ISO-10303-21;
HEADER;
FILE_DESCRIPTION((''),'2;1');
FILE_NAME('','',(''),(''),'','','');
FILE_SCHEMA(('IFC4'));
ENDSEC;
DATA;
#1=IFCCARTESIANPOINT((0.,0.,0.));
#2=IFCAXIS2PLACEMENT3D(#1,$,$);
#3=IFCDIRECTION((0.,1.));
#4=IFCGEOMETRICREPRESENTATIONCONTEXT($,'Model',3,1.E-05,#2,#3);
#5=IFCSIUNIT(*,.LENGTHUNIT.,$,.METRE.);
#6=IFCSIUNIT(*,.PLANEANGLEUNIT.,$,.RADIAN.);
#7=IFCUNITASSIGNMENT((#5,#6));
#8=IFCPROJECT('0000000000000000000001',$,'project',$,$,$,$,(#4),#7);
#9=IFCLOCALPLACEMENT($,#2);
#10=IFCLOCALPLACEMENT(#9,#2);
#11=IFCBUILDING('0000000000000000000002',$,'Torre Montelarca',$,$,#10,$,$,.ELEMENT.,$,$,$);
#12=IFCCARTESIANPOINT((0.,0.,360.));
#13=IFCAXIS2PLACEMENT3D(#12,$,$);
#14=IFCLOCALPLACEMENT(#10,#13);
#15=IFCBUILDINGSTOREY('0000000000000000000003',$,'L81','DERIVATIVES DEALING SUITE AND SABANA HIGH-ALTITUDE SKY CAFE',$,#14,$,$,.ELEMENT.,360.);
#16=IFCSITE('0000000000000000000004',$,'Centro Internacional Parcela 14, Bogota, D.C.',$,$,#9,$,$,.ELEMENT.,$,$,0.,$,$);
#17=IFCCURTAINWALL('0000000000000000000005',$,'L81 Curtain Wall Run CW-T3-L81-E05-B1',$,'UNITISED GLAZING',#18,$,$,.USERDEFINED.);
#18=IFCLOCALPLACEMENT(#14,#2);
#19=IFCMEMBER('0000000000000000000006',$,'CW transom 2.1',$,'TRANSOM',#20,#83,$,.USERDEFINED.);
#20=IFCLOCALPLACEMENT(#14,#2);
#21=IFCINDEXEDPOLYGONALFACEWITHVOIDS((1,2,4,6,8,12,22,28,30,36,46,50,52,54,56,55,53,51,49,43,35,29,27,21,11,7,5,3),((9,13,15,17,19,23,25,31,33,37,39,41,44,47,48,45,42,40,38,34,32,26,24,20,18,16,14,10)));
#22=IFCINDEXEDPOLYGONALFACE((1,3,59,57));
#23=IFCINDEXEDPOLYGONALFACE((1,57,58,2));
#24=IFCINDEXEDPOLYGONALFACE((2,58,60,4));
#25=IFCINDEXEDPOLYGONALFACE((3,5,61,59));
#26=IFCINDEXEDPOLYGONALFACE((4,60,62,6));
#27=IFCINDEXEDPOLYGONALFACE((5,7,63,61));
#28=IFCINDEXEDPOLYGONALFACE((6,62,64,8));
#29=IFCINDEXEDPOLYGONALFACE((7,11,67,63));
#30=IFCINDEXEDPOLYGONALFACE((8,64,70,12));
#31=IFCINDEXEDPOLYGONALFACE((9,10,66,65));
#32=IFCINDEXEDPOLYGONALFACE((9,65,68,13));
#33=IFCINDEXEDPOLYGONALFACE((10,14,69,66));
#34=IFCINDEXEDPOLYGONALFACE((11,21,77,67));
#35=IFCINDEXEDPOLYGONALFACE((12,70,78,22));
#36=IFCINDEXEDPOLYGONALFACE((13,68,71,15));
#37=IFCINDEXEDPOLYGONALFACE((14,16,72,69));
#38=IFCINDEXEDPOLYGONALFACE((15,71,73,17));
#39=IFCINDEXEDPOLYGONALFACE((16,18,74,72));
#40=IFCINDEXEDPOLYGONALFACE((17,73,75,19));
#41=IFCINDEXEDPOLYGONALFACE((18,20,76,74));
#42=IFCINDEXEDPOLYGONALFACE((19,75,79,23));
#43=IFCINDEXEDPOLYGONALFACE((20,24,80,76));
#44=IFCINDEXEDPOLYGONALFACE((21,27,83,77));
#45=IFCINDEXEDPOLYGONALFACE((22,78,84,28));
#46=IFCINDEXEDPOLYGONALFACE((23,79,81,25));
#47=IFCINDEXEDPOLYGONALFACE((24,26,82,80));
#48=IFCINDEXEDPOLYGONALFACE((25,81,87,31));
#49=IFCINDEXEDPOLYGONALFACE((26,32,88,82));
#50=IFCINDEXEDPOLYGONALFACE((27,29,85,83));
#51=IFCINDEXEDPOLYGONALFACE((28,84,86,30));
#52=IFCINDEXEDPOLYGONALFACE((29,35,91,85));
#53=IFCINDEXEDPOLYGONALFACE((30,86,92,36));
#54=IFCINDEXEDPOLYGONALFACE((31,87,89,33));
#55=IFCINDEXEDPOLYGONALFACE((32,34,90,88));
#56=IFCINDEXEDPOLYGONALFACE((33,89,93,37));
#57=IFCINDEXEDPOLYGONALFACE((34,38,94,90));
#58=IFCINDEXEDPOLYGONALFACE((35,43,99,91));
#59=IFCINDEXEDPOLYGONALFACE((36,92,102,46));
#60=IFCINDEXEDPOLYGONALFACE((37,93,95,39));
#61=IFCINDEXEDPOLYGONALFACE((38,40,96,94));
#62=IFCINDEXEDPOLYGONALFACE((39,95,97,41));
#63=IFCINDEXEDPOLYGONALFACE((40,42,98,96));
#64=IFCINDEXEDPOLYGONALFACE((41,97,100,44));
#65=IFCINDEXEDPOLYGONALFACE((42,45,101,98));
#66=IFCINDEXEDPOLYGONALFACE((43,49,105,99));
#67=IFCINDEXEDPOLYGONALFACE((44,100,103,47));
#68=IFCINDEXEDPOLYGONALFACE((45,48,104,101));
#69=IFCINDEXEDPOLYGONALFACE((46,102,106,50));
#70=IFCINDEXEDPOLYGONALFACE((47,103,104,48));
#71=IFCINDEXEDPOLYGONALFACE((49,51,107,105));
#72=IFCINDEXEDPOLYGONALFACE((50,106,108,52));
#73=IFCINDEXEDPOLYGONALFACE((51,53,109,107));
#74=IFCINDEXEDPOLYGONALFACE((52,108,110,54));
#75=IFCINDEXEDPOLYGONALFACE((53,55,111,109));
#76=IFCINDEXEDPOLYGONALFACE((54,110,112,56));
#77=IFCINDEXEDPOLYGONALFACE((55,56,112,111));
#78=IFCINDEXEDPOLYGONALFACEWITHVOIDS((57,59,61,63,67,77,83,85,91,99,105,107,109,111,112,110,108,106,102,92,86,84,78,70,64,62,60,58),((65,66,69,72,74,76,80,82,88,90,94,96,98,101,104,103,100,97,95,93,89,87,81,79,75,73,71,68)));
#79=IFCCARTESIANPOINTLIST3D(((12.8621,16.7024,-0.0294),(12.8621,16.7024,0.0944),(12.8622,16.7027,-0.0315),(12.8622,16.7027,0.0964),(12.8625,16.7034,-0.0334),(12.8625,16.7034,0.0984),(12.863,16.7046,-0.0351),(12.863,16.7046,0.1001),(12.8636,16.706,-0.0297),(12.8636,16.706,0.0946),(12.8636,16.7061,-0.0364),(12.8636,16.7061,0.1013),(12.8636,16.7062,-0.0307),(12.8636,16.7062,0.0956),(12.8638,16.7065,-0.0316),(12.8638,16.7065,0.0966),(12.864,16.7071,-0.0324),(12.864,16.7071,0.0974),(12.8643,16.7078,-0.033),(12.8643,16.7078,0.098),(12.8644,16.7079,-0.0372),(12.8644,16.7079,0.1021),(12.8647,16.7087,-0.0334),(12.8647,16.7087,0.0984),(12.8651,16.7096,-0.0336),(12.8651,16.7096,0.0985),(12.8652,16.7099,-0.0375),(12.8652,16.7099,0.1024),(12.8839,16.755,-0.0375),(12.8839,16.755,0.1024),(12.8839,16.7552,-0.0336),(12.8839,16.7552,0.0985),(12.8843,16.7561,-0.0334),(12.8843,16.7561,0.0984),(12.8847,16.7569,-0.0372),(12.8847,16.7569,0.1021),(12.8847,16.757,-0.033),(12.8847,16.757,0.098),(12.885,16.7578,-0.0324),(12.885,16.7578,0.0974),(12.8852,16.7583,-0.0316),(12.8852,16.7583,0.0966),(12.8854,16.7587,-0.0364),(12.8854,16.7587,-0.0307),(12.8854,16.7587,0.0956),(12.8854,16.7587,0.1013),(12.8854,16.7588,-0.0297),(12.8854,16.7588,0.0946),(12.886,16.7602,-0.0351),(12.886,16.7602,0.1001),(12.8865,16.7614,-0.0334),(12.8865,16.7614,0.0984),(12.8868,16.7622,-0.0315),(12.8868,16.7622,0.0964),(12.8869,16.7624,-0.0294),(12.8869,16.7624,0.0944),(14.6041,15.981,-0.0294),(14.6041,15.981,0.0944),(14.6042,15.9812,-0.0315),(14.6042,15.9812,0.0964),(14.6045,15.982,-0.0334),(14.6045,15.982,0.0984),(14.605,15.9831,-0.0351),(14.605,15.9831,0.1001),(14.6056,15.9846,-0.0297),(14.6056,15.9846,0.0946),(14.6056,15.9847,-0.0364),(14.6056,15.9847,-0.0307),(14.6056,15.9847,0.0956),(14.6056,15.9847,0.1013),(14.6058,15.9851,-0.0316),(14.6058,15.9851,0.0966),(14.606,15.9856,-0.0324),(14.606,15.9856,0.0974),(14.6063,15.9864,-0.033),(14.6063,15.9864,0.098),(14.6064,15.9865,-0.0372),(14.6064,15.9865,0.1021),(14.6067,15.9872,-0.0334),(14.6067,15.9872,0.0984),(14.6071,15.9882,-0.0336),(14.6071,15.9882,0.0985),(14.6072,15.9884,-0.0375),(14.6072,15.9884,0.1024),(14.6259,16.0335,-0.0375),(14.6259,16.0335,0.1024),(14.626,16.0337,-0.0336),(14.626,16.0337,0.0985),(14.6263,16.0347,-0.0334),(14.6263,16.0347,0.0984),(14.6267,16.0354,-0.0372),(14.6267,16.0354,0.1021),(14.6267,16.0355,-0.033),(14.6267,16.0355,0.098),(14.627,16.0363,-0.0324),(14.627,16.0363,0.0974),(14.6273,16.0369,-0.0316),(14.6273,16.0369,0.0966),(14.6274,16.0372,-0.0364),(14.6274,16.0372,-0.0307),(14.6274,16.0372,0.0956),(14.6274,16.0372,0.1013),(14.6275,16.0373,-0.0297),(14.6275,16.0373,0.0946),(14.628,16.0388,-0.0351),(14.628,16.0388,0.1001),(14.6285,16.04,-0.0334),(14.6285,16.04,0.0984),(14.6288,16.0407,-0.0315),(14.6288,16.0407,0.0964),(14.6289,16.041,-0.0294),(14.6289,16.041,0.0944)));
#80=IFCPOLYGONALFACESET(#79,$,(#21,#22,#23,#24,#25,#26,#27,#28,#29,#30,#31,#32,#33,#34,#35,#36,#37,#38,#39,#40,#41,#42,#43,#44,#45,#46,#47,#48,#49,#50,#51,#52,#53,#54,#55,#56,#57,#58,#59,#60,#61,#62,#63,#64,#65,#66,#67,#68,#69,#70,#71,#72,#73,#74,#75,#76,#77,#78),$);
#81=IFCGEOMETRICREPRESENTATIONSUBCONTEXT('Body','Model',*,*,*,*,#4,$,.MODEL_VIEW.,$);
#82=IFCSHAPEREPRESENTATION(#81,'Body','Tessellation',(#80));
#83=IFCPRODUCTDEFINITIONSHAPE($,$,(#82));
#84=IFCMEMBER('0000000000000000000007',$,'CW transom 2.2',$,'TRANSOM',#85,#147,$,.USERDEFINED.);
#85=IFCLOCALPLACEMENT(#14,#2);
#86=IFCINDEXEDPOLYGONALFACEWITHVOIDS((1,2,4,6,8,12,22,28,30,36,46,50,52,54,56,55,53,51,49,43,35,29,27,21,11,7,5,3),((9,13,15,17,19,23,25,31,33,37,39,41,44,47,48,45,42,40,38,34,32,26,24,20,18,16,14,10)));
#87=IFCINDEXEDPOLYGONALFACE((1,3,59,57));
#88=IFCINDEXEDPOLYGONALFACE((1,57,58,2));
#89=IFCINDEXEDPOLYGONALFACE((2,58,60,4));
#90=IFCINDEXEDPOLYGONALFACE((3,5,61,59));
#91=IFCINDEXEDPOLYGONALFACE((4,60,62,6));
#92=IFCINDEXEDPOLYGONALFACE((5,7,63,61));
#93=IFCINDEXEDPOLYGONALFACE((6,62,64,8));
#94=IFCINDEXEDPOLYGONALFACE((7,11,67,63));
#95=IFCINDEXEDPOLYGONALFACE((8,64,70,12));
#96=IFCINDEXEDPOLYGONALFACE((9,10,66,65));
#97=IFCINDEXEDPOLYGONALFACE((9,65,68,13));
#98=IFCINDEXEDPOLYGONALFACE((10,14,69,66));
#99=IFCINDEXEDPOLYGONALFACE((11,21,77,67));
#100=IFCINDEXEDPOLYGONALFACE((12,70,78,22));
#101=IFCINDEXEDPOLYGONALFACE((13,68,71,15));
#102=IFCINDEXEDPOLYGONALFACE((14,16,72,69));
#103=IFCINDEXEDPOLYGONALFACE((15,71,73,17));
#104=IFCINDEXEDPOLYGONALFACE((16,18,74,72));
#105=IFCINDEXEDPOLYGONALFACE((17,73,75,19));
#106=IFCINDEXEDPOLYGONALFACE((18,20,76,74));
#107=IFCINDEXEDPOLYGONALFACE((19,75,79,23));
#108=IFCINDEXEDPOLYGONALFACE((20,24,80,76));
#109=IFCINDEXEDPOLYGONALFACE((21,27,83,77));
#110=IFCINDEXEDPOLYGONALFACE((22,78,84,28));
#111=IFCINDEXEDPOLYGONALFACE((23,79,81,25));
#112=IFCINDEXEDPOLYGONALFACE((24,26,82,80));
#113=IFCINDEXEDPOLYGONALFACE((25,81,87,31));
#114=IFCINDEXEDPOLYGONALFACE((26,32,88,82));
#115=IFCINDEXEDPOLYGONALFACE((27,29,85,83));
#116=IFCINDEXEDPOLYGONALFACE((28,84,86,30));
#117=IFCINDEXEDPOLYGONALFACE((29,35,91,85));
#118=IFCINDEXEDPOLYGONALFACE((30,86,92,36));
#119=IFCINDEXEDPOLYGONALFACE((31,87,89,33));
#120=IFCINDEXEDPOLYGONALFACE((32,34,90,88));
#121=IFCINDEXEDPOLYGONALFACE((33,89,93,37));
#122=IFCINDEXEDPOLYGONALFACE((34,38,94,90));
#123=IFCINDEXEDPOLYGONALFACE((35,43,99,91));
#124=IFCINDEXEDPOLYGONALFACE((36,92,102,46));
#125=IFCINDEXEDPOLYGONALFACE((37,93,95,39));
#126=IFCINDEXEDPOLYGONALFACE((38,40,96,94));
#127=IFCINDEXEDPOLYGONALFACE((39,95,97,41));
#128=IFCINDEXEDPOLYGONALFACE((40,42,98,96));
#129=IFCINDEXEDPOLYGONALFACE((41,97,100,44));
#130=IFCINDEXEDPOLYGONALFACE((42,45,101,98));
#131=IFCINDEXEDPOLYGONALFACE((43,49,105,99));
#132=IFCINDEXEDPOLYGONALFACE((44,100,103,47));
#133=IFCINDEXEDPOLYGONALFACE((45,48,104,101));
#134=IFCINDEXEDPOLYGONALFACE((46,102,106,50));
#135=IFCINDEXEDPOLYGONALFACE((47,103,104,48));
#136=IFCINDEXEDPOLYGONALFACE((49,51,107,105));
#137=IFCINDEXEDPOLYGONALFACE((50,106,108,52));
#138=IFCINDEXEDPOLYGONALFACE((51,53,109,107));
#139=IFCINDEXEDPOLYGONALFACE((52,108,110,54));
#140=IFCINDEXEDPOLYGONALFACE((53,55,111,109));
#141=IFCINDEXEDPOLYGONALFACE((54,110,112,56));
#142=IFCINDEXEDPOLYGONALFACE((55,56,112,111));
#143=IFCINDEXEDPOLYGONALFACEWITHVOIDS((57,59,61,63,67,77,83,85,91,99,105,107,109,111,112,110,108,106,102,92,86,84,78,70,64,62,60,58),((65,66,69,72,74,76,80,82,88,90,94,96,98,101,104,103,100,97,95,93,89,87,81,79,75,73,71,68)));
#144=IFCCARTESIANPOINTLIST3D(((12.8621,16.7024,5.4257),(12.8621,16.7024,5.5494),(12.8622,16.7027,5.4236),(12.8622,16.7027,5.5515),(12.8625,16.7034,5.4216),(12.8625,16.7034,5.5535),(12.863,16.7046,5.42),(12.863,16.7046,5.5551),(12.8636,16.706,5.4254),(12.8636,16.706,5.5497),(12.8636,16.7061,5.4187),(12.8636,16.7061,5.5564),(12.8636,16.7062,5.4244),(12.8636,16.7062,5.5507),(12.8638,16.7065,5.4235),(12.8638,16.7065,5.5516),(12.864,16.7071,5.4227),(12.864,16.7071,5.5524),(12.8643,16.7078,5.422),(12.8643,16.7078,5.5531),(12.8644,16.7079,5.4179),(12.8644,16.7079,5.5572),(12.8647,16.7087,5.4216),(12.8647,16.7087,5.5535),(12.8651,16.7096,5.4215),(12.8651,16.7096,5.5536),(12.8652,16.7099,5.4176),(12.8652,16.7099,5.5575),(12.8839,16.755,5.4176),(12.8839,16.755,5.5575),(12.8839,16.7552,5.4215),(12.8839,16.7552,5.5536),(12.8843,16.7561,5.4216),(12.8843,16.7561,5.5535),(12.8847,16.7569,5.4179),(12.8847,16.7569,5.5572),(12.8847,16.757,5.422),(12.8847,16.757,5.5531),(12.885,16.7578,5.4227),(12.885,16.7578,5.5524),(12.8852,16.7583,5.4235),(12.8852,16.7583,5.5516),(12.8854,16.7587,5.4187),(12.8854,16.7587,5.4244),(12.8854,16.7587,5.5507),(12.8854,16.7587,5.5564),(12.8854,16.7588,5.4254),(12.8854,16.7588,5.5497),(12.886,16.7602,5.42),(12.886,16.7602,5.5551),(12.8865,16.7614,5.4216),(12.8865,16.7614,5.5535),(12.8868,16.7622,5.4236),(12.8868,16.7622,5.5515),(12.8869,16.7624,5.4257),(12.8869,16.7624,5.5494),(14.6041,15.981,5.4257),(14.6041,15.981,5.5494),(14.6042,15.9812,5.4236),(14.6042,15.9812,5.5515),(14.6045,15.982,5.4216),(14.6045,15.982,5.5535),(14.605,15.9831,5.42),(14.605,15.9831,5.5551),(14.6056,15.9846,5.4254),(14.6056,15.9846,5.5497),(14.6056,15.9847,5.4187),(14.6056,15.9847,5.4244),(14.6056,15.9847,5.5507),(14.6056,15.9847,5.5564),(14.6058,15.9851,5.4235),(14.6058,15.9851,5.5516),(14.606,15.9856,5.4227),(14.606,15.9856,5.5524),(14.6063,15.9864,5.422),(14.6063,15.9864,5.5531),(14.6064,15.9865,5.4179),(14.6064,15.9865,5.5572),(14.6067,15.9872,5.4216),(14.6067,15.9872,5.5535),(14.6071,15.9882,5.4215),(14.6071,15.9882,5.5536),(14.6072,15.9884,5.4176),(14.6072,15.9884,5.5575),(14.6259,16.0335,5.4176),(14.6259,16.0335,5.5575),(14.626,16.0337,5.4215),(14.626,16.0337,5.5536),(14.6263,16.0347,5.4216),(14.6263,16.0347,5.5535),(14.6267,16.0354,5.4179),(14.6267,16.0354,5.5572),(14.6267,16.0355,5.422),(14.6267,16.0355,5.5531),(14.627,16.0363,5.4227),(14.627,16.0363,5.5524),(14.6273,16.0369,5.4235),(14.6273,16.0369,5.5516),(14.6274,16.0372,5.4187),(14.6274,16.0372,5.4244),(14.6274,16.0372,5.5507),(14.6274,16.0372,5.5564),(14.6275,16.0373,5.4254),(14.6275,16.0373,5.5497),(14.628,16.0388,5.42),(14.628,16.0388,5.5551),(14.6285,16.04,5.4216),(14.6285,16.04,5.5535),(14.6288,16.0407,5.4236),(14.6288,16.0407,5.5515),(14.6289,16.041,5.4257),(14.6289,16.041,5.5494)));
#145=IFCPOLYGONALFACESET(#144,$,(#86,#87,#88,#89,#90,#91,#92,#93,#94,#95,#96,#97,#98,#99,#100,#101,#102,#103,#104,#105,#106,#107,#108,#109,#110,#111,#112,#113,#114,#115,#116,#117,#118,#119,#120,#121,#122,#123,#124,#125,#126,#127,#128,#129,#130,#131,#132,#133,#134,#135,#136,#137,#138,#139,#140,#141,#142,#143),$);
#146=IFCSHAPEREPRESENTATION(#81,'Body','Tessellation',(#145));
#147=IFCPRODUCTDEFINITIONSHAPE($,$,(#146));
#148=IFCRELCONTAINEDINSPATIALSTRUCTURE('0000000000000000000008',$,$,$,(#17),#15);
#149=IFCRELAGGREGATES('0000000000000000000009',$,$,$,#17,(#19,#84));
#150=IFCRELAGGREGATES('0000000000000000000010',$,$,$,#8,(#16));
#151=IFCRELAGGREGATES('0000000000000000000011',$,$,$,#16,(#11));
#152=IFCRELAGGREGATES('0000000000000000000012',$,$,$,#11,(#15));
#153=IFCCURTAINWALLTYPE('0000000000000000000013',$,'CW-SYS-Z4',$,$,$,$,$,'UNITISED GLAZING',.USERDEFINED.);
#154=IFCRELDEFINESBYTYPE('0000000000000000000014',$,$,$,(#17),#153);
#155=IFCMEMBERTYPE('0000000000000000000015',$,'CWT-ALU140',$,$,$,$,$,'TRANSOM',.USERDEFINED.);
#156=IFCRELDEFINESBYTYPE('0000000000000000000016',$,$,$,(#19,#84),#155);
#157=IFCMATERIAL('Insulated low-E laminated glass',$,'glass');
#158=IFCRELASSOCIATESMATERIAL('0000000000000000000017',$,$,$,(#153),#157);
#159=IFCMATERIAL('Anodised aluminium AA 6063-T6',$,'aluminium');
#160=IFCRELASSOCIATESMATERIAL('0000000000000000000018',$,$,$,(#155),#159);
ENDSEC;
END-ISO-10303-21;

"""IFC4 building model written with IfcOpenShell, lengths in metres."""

from ifc_helpers import new_model, si_unit, direction, frame, origin, origin_2d, place, context, subcontext, project, spatial, hollow_rectangle, extrude, source, transform, mapped, material, material_profile, profile_set, type_object, element, aggregate, save


model = new_model("IFC4")

# Units and contexts
model_context = context("Model", 3, precision=1e-05, world=origin(), true_north=direction((0.0, 1.0)))
body_context = subcontext(model_context, "Body", "Model", "MODEL_VIEW")
ifc_project = project(units=[si_unit("LENGTHUNIT", "METRE"), si_unit("PLANEANGLEUNIT", "RADIAN")], contexts=[model_context])

# Site, building, storey
site_placement = place(None, origin())
site = spatial("IfcSite", under=ifc_project, at=site_placement, Name="Centro Internacional Parcela 14, Bogota, D.C.", CompositionType="ELEMENT", RefElevation=0.0)
building_placement = place(site_placement, origin())
building = spatial("IfcBuilding", under=site, at=building_placement, Name="Torre Montelarca", CompositionType="ELEMENT")
storey_placement = place(building_placement, frame((0.0, 0.0, 360.0)))
storey = spatial("IfcBuildingStorey", under=building, at=storey_placement, Name="L81", Description="DERIVATIVES DEALING SUITE AND SABANA HIGH-ALTITUDE SKY CAFE", CompositionType="ELEMENT", Elevation=360.0)

# Curtain wall
ifc_material_1 = material(Name="Insulated low-E laminated glass", Category="glass")
curtain_wall_type = type_object("IfcCurtainWallType", Name="CW-SYS-Z4", ElementType="UNITISED GLAZING", PredefinedType="USERDEFINED", material=ifc_material_1)
curtain_wall_1_placement = place(storey_placement, origin())
curtain_wall_1 = element("IfcCurtainWall", 1, at=curtain_wall_1_placement, inside=storey, type_object=curtain_wall_type, Name="L81 Curtain Wall Run CW-T3-L81-E05-B1", ObjectType="UNITISED GLAZING", PredefinedType="USERDEFINED")
ifc_material_2 = material(Name="Anodised aluminium AA 6063-T6", Category="aluminium")

# Members
ifc_material_profile_1 = material_profile(ifc_material_2, hollow_rectangle(XDim=0.0649, YDim=0.1399, WallThickness=0.0039, InnerFilletRadius=0.0039, OuterFilletRadius=0.0081, at=origin_2d()), Name="ALU65X140X4", Category="aluminium")
ifc_profile_set_1 = profile_set([ifc_material_profile_1], Name="Anodised aluminium AA 6063-T6")
member_type_1 = type_object("IfcMemberType", Name="CWT-ALU140", ElementType="TRANSOM", PredefinedType="USERDEFINED", material=ifc_profile_set_1)
shared_shape_1 = source(origin(), body_context, "Body", "SweptSolid", [
    extrude(hollow_rectangle(XDim=0.0649, YDim=0.1399, WallThickness=0.0039, InnerFilletRadius=0.0039, OuterFilletRadius=0.0081, at=origin_2d()), origin(), (0.0, 0.0, 1.0), 1.8855),
])
member_1_placement = place(storey_placement, frame((12.8745, 16.7324, 0.0325), z_axis=(0.923898, -0.382638, 0.0), x_axis=(0.382638, 0.923898, 0.0)))
member_1 = element("IfcMember", 2, at=member_1_placement, type_object=member_type_1, Name="CW transom 2.1", ObjectType="TRANSOM", PredefinedType="USERDEFINED", context=body_context, shape_type="MappedRepresentation", body=[
    mapped(shared_shape_1, transform((0.0, 0.0, 0.0), scale=1.0)),
])
member_2_placement = place(storey_placement, frame((12.8745, 16.7324, 5.4875), z_axis=(0.923898, -0.382638, 0.0), x_axis=(0.382638, 0.923898, 0.0)))
member_2 = element("IfcMember", 3, at=member_2_placement, type_object=member_type_1, Name="CW transom 2.2", ObjectType="TRANSOM", PredefinedType="USERDEFINED", context=body_context, shape_type="MappedRepresentation", body=[
    mapped(shared_shape_1, transform((0.0, 0.0, 0.0), scale=1.0)),
])

aggregate(curtain_wall_1, [member_1, member_2])

save(model, "model.ifc")
